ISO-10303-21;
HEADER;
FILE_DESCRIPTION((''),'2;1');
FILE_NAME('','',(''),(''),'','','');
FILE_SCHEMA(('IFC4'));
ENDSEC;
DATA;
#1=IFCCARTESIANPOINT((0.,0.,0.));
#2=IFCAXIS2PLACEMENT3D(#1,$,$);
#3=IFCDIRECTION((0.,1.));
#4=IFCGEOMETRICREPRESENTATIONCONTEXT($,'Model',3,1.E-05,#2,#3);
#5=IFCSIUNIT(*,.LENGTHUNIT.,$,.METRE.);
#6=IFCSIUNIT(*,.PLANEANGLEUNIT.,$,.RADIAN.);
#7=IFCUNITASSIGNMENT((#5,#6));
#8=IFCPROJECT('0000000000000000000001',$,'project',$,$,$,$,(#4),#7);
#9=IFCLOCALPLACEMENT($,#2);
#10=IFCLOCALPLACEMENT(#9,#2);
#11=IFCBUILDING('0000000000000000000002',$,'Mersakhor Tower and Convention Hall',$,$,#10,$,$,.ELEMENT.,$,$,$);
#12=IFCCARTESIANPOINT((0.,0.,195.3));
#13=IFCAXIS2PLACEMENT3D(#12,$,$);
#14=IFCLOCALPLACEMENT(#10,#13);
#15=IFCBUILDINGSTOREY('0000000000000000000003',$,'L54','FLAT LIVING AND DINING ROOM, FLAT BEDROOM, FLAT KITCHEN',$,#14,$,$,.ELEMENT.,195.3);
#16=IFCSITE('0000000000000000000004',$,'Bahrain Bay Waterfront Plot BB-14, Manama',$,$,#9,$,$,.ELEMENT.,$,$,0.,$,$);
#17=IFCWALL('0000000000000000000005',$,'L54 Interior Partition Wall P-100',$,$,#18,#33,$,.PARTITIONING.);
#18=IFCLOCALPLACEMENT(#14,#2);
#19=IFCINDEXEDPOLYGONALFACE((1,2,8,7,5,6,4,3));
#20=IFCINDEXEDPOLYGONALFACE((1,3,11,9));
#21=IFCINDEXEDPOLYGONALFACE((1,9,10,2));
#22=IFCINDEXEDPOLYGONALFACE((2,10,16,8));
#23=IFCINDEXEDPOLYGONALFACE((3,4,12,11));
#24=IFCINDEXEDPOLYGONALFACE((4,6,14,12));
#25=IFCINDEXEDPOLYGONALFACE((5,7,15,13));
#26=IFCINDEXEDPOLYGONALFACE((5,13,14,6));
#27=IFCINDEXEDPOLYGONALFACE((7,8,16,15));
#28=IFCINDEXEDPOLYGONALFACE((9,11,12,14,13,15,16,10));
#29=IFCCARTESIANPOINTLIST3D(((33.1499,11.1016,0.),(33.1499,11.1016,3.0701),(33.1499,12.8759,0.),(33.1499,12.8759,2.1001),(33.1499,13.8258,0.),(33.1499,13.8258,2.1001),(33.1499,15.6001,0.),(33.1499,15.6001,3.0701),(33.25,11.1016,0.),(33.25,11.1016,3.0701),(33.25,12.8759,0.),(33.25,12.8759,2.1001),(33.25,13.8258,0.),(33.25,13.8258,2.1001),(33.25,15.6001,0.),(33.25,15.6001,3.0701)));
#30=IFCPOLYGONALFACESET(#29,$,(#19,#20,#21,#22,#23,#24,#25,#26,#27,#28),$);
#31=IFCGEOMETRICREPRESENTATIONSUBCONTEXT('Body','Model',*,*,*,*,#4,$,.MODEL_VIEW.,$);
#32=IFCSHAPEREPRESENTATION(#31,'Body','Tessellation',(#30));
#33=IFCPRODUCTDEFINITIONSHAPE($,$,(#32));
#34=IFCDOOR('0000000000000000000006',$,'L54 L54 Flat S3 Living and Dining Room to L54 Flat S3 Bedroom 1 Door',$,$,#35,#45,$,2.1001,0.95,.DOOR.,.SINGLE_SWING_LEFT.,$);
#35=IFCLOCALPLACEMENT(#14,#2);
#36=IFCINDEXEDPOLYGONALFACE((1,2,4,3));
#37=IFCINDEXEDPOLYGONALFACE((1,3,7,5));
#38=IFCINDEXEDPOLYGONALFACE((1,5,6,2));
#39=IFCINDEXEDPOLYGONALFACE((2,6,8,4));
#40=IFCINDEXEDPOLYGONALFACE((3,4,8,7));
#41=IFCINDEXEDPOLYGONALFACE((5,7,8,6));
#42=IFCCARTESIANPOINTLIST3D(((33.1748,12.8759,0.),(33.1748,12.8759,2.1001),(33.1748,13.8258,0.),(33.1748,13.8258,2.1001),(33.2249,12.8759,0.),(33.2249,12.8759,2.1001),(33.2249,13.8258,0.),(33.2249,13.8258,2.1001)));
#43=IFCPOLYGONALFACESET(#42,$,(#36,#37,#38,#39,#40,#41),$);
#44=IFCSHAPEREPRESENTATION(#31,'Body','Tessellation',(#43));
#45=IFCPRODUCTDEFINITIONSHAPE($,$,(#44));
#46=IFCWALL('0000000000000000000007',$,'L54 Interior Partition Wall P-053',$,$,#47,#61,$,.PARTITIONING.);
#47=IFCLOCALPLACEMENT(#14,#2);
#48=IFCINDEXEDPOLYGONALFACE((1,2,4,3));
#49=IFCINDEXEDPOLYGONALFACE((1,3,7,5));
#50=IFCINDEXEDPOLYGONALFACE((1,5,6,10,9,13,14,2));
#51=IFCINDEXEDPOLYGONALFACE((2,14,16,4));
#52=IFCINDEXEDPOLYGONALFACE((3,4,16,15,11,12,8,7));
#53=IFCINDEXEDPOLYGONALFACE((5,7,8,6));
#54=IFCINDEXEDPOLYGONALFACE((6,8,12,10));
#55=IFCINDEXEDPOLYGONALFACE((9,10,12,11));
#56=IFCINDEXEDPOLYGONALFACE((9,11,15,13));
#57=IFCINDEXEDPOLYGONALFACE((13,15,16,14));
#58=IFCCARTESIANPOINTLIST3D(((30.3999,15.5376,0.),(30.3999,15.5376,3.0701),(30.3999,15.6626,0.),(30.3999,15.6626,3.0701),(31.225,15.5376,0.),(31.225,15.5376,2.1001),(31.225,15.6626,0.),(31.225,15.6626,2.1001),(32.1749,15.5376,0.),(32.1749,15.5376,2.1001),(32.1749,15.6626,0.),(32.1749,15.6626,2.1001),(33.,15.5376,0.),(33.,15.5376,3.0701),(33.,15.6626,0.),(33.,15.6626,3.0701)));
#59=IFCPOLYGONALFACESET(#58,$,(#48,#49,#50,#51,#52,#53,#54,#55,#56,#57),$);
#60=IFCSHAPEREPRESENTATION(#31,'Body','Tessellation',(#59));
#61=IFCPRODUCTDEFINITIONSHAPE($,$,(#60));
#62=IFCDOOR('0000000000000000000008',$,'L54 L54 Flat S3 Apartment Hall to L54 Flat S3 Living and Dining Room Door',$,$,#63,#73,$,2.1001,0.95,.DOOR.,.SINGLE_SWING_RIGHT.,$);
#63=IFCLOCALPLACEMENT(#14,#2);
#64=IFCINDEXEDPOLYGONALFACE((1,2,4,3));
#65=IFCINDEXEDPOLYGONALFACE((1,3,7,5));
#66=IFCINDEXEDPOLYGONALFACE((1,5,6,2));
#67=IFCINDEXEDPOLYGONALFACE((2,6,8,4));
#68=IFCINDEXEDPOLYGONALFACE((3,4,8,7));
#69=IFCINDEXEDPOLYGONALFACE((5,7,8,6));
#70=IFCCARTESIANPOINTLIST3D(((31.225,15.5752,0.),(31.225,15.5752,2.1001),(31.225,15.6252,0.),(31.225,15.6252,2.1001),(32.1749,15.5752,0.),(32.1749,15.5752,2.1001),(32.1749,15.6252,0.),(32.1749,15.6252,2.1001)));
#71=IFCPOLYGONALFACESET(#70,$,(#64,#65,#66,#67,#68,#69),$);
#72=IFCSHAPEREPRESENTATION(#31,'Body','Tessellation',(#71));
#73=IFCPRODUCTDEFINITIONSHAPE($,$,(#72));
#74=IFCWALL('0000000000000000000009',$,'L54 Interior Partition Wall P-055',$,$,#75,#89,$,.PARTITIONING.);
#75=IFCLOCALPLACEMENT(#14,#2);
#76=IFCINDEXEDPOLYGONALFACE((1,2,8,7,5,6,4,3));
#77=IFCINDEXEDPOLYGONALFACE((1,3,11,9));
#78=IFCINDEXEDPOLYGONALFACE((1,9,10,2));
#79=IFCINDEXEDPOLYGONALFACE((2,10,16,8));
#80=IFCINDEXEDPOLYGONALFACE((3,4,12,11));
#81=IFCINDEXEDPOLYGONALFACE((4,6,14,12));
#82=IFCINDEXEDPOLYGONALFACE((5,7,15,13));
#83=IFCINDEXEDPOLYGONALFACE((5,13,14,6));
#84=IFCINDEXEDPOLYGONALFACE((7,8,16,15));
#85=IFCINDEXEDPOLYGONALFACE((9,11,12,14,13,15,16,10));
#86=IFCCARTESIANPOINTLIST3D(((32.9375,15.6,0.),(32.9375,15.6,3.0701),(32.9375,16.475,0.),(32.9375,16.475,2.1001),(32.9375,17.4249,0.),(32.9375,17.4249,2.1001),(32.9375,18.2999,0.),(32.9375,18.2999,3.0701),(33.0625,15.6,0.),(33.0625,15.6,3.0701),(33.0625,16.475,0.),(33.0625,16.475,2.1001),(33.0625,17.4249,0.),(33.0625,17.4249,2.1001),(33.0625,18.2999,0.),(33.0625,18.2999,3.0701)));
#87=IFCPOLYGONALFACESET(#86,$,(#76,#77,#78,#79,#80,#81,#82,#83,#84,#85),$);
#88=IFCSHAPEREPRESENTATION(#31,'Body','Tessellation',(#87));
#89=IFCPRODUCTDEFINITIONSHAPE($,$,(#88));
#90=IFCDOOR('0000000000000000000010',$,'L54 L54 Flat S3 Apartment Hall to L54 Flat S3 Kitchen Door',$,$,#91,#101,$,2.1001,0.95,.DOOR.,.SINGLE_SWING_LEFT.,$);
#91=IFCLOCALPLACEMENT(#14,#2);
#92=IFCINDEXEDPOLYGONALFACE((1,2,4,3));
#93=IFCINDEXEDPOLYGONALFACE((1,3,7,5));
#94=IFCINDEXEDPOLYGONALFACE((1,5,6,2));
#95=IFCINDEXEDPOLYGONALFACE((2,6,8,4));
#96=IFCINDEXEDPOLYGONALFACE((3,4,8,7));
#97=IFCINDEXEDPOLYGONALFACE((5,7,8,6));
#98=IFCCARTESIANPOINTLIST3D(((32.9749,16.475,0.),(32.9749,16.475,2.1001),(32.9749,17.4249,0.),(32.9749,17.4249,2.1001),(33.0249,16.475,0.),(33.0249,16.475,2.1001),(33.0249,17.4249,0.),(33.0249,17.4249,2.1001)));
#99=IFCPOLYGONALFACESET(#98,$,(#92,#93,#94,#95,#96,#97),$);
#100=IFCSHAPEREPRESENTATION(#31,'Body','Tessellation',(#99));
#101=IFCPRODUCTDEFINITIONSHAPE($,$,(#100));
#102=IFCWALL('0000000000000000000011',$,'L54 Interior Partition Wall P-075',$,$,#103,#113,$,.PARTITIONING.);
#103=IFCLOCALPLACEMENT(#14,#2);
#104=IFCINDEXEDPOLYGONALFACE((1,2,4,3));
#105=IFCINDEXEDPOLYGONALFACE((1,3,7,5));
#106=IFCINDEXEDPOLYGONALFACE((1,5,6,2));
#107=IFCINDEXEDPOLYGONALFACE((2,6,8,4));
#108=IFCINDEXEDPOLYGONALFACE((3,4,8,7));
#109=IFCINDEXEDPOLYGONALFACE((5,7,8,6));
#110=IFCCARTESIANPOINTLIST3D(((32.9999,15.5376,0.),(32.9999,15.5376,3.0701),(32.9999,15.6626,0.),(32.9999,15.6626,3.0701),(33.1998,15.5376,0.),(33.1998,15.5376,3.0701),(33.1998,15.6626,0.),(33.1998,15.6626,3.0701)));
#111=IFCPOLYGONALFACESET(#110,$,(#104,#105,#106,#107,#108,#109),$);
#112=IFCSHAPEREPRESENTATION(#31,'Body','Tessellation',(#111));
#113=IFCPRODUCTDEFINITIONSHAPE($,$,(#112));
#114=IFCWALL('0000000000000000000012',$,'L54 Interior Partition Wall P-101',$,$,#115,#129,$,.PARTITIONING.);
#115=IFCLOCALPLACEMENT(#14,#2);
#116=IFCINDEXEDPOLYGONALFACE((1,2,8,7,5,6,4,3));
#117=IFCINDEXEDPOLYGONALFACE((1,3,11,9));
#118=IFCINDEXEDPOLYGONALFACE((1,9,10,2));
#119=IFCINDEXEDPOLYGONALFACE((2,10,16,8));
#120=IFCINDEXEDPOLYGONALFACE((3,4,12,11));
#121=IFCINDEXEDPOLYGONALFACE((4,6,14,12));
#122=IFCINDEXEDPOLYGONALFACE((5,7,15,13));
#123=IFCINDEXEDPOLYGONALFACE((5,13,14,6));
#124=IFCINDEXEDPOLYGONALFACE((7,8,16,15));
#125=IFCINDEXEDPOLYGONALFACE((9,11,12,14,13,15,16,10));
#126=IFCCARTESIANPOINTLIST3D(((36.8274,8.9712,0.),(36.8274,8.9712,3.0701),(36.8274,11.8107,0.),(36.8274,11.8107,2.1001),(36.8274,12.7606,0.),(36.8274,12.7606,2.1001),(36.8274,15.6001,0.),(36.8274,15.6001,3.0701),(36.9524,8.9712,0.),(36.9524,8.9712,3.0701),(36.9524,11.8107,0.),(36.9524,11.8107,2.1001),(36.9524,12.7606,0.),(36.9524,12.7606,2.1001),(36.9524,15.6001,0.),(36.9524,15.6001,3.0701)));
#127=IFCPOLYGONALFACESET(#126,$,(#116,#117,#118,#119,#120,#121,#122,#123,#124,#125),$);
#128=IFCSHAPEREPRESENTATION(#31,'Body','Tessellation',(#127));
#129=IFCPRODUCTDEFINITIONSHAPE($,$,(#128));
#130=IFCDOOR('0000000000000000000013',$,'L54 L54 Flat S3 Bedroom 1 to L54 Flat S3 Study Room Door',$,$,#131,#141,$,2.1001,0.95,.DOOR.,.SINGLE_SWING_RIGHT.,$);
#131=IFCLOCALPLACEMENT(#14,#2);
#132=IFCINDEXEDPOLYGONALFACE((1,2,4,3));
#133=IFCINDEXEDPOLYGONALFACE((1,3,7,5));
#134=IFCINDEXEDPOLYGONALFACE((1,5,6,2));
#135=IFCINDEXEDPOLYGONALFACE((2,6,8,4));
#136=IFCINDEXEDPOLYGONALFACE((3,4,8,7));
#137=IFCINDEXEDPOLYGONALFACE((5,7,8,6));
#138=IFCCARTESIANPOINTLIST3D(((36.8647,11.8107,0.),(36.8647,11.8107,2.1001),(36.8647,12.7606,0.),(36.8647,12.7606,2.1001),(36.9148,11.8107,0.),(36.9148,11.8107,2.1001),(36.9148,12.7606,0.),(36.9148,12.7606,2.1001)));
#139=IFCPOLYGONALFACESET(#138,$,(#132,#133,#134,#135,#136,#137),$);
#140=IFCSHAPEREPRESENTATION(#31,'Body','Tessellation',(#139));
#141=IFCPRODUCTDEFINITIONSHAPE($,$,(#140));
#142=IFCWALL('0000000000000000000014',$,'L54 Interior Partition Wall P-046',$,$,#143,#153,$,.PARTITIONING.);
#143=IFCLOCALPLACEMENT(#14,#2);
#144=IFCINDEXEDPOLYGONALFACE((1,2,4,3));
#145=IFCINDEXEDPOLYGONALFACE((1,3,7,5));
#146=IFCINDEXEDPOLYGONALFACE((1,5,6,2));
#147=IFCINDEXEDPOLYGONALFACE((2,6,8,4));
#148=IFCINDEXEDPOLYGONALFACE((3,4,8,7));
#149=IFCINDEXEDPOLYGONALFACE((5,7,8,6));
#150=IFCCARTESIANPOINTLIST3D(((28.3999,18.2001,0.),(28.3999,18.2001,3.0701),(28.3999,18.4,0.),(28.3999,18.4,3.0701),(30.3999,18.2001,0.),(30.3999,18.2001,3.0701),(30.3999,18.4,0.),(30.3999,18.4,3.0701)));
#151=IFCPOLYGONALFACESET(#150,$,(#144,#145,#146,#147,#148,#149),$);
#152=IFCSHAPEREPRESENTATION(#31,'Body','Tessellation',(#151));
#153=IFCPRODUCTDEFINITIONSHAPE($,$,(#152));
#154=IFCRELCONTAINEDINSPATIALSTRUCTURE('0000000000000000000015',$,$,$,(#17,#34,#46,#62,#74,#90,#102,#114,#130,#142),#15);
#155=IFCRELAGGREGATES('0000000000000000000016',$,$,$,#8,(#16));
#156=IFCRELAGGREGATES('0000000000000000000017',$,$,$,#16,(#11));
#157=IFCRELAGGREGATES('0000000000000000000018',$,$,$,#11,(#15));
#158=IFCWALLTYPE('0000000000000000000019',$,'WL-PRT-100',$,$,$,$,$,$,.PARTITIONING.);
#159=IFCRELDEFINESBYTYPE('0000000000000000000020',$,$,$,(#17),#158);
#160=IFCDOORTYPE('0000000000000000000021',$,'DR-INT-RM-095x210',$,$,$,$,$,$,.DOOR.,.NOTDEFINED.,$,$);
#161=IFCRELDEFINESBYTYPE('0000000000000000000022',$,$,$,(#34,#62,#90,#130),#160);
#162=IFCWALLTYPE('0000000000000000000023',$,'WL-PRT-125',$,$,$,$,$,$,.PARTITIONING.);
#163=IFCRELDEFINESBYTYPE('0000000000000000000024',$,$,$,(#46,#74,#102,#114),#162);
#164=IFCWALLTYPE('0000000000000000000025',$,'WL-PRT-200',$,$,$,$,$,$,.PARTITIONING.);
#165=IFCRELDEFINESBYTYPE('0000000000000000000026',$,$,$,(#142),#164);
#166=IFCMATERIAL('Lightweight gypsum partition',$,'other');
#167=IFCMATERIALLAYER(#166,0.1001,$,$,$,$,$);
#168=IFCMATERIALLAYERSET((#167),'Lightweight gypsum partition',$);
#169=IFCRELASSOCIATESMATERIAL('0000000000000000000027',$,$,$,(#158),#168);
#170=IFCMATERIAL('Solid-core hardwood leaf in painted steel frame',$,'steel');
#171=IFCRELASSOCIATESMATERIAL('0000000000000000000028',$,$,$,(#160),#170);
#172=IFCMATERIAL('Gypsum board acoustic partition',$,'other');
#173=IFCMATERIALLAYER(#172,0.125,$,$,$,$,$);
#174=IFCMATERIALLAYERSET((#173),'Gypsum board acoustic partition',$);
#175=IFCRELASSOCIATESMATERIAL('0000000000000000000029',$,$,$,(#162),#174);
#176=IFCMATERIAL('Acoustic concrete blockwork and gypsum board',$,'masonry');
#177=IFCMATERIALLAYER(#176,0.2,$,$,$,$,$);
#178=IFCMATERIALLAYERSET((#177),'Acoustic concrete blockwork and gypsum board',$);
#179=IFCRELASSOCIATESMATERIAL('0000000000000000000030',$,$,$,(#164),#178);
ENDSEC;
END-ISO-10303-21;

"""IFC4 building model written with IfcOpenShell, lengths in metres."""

from ifc_helpers import new_model, si_unit, direction, frame, frame_2d, origin, place, context, subcontext, project, spatial, rectangle, extrude, material, layer, layer_set, type_object, element, fill, save


model = new_model("IFC4")

# Units and contexts
model_context = context("Model", 3, precision=1e-05, world=origin(), true_north=direction((0.0, 1.0)))
body_context = subcontext(model_context, "Body", "Model", "MODEL_VIEW")
ifc_project = project(units=[si_unit("LENGTHUNIT", "METRE"), si_unit("PLANEANGLEUNIT", "RADIAN")], contexts=[model_context])

# Site, building, storey
site_placement = place(None, origin())
site = spatial("IfcSite", under=ifc_project, at=site_placement, Name="Bahrain Bay Waterfront Plot BB-14, Manama", CompositionType="ELEMENT", RefElevation=0.0)
building_placement = place(site_placement, origin())
building = spatial("IfcBuilding", under=site, at=building_placement, Name="Mersakhor Tower and Convention Hall", CompositionType="ELEMENT")
storey_placement = place(building_placement, frame((0.0, 0.0, 195.3)))
storey = spatial("IfcBuildingStorey", under=building, at=storey_placement, Name="L54", Description="FLAT LIVING AND DINING ROOM, FLAT BEDROOM, FLAT KITCHEN", CompositionType="ELEMENT", Elevation=195.3)

# Shared definitions
ifc_material_1 = material(Name="Lightweight gypsum partition", Category="other")
ifc_layer_1 = layer(ifc_material_1, 0.1001)
ifc_layer_set_1 = layer_set([ifc_layer_1], Name="Lightweight gypsum partition")
wall_type_1 = type_object("IfcWallType", Name="WL-PRT-100", PredefinedType="PARTITIONING", material=ifc_layer_set_1)

# Walls, openings, doors
wall_1_placement = place(storey_placement, frame((33.2, 15.6001, 0.0), z_axis=(0.0, 0.0, 1.0), x_axis=(0.0, -1.0, 0.0)))
wall_1 = element("IfcWall", 1, at=wall_1_placement, inside=storey, type_object=wall_type_1, Name="L54 Interior Partition Wall P-100", PredefinedType="PARTITIONING", context=body_context, shape_type="SweptSolid", body=[
    extrude(rectangle(XDim=4.4985, YDim=0.1001, at=frame_2d((2.2493, 0.0))), origin(), (0.0, 0.0, 1.0), 3.0701),
])
opening_1_placement = place(wall_1_placement, frame((1.7742, 0.0, 0.0)))
opening_1 = element("IfcOpeningElement", 2, at=opening_1_placement, cuts=wall_1, PredefinedType="OPENING", context=body_context, shape_type="SweptSolid", body=[
    extrude(rectangle(XDim=0.95, YDim=2.1001, at=frame_2d((0.4751, 1.05))), frame((0.0, 0.0601, 0.0), z_axis=(0.0, -1.0, 0.0), x_axis=(1.0, 0.0, 0.0)), (0.0, 0.0, 1.0), 0.1201),
])
ifc_material_2 = material(Name="Solid-core hardwood leaf in painted steel frame", Category="steel")
door_type_1 = type_object("IfcDoorType", Name="DR-INT-RM-095x210", OperationType="NOTDEFINED", PredefinedType="DOOR", material=ifc_material_2)
door_1_placement = place(opening_1_placement, origin())
door_1 = element("IfcDoor", 3, at=door_1_placement, inside=storey, type_object=door_type_1, Name="L54 L54 Flat S3 Living and Dining Room to L54 Flat S3 Bedroom 1 Door", OperationType="SINGLE_SWING_LEFT", OverallHeight=2.1001, OverallWidth=0.95, PredefinedType="DOOR", context=body_context, shape_type="SweptSolid", body=[
    extrude(rectangle(XDim=0.95, YDim=2.1001, at=frame_2d((0.4751, 1.05))), frame((0.0, 0.0249, 0.0), z_axis=(0.0, -1.0, 0.0), x_axis=(1.0, 0.0, 0.0)), (0.0, 0.0, 1.0), 0.05),
])
fill(opening_1, door_1)
ifc_material_3 = material(Name="Gypsum board acoustic partition", Category="other")
ifc_layer_2 = layer(ifc_material_3, 0.125)
ifc_layer_set_2 = layer_set([ifc_layer_2], Name="Gypsum board acoustic partition")
wall_type_2 = type_object("IfcWallType", Name="WL-PRT-125", PredefinedType="PARTITIONING", material=ifc_layer_set_2)
wall_2_placement = place(storey_placement, frame((33.0, 15.6001, 0.0), z_axis=(0.0, 0.0, 1.0), x_axis=(-1.0, 0.0, 0.0)))
wall_2 = element("IfcWall", 4, at=wall_2_placement, inside=storey, type_object=wall_type_2, Name="L54 Interior Partition Wall P-053", PredefinedType="PARTITIONING", context=body_context, shape_type="SweptSolid", body=[
    extrude(rectangle(XDim=2.6001, YDim=0.125, at=frame_2d((1.3, 0.0))), origin(), (0.0, 0.0, 1.0), 3.0701),
])
opening_2_placement = place(wall_2_placement, frame((0.825, 0.0, 0.0)))
opening_2 = element("IfcOpeningElement", 5, at=opening_2_placement, cuts=wall_2, PredefinedType="OPENING", context=body_context, shape_type="SweptSolid", body=[
    extrude(rectangle(XDim=0.95, YDim=2.1001, at=frame_2d((0.4751, 1.05))), frame((0.0, 0.0725, 0.0), z_axis=(0.0, -1.0, 0.0), x_axis=(1.0, 0.0, 0.0)), (0.0, 0.0, 1.0), 0.145),
])
door_2_placement = place(opening_2_placement, origin())
door_2 = element("IfcDoor", 6, at=door_2_placement, inside=storey, type_object=door_type_1, Name="L54 L54 Flat S3 Apartment Hall to L54 Flat S3 Living and Dining Room Door", OperationType="SINGLE_SWING_RIGHT", OverallHeight=2.1001, OverallWidth=0.95, PredefinedType="DOOR", context=body_context, shape_type="SweptSolid", body=[
    extrude(rectangle(XDim=0.95, YDim=2.1001, at=frame_2d((0.4751, 1.05))), frame((0.0, 0.0249, 0.0), z_axis=(0.0, -1.0, 0.0), x_axis=(1.0, 0.0, 0.0)), (0.0, 0.0, 1.0), 0.05),
])
fill(opening_2, door_2)
wall_3_placement = place(storey_placement, frame((33.0, 18.3, 0.0), z_axis=(0.0, 0.0, 1.0), x_axis=(0.0, -1.0, 0.0)))
wall_3 = element("IfcWall", 7, at=wall_3_placement, inside=storey, type_object=wall_type_2, Name="L54 Interior Partition Wall P-055", PredefinedType="PARTITIONING", context=body_context, shape_type="SweptSolid", body=[
    extrude(rectangle(XDim=2.7, YDim=0.125, at=frame_2d((1.3501, 0.0))), origin(), (0.0, 0.0, 1.0), 3.0701),
])
opening_3_placement = place(wall_3_placement, frame((0.875, 0.0, 0.0)))
opening_3 = element("IfcOpeningElement", 8, at=opening_3_placement, cuts=wall_3, PredefinedType="OPENING", context=body_context, shape_type="SweptSolid", body=[
    extrude(rectangle(XDim=0.95, YDim=2.1001, at=frame_2d((0.4751, 1.05))), frame((0.0, 0.0725, 0.0), z_axis=(0.0, -1.0, 0.0), x_axis=(1.0, 0.0, 0.0)), (0.0, 0.0, 1.0), 0.145),
])
door_3_placement = place(opening_3_placement, origin())
door_3 = element("IfcDoor", 9, at=door_3_placement, inside=storey, type_object=door_type_1, Name="L54 L54 Flat S3 Apartment Hall to L54 Flat S3 Kitchen Door", OperationType="SINGLE_SWING_LEFT", OverallHeight=2.1001, OverallWidth=0.95, PredefinedType="DOOR", context=body_context, shape_type="SweptSolid", body=[
    extrude(rectangle(XDim=0.95, YDim=2.1001, at=frame_2d((0.4751, 1.05))), frame((0.0, 0.0249, 0.0), z_axis=(0.0, -1.0, 0.0), x_axis=(1.0, 0.0, 0.0)), (0.0, 0.0, 1.0), 0.05),
])
fill(opening_3, door_3)

# Wall
wall_4_placement = place(storey_placement, frame((33.2, 15.6001, 0.0), z_axis=(0.0, 0.0, 1.0), x_axis=(-1.0, 0.0, 0.0)))
element("IfcWall", 10, at=wall_4_placement, inside=storey, type_object=wall_type_2, Name="L54 Interior Partition Wall P-075", PredefinedType="PARTITIONING", context=body_context, shape_type="SweptSolid", body=[
    extrude(rectangle(XDim=0.2, YDim=0.125, at=frame_2d((0.1001, 0.0))), origin(), (0.0, 0.0, 1.0), 3.0701),
])

# Wall, opening, door
wall_5_placement = place(storey_placement, frame((36.8899, 15.6001, 0.0), z_axis=(0.0, 0.0, 1.0), x_axis=(0.0, -1.0, 0.0)))
wall_5 = element("IfcWall", 11, at=wall_5_placement, inside=storey, type_object=wall_type_2, Name="L54 Interior Partition Wall P-101", PredefinedType="PARTITIONING", context=body_context, shape_type="SweptSolid", body=[
    extrude(rectangle(XDim=6.6289, YDim=0.125, at=frame_2d((3.3145, 0.0))), origin(), (0.0, 0.0, 1.0), 3.0701),
])
opening_4_placement = place(wall_5_placement, frame((2.8394, 0.0, 0.0)))
opening_4 = element("IfcOpeningElement", 12, at=opening_4_placement, cuts=wall_5, PredefinedType="OPENING", context=body_context, shape_type="SweptSolid", body=[
    extrude(rectangle(XDim=0.95, YDim=2.1001, at=frame_2d((0.4751, 1.05))), frame((0.0, 0.0725, 0.0), z_axis=(0.0, -1.0, 0.0), x_axis=(1.0, 0.0, 0.0)), (0.0, 0.0, 1.0), 0.145),
])
door_4_placement = place(opening_4_placement, origin())
door_4 = element("IfcDoor", 13, at=door_4_placement, inside=storey, type_object=door_type_1, Name="L54 L54 Flat S3 Bedroom 1 to L54 Flat S3 Study Room Door", OperationType="SINGLE_SWING_RIGHT", OverallHeight=2.1001, OverallWidth=0.95, PredefinedType="DOOR", context=body_context, shape_type="SweptSolid", body=[
    extrude(rectangle(XDim=0.95, YDim=2.1001, at=frame_2d((0.4751, 1.05))), frame((0.0, 0.0249, 0.0), z_axis=(0.0, -1.0, 0.0), x_axis=(1.0, 0.0, 0.0)), (0.0, 0.0, 1.0), 0.05),
])
fill(opening_4, door_4)
ifc_material_4 = material(Name="Acoustic concrete blockwork and gypsum board", Category="masonry")
ifc_layer_3 = layer(ifc_material_4, 0.2)
ifc_layer_set_3 = layer_set([ifc_layer_3], Name="Acoustic concrete blockwork and gypsum board")
wall_type_3 = type_object("IfcWallType", Name="WL-PRT-200", PredefinedType="PARTITIONING", material=ifc_layer_set_3)

# Wall
wall_6_placement = place(storey_placement, frame((30.3999, 18.3, 0.0), z_axis=(0.0, 0.0, 1.0), x_axis=(-1.0, 0.0, 0.0)))
element("IfcWall", 14, at=wall_6_placement, inside=storey, type_object=wall_type_3, Name="L54 Interior Partition Wall P-046", PredefinedType="PARTITIONING", context=body_context, shape_type="SweptSolid", body=[
    extrude(rectangle(XDim=2.0, YDim=0.2, at=frame_2d((1.0, 0.0))), origin(), (0.0, 0.0, 1.0), 3.0701),
])

save(model, "model.ifc")
